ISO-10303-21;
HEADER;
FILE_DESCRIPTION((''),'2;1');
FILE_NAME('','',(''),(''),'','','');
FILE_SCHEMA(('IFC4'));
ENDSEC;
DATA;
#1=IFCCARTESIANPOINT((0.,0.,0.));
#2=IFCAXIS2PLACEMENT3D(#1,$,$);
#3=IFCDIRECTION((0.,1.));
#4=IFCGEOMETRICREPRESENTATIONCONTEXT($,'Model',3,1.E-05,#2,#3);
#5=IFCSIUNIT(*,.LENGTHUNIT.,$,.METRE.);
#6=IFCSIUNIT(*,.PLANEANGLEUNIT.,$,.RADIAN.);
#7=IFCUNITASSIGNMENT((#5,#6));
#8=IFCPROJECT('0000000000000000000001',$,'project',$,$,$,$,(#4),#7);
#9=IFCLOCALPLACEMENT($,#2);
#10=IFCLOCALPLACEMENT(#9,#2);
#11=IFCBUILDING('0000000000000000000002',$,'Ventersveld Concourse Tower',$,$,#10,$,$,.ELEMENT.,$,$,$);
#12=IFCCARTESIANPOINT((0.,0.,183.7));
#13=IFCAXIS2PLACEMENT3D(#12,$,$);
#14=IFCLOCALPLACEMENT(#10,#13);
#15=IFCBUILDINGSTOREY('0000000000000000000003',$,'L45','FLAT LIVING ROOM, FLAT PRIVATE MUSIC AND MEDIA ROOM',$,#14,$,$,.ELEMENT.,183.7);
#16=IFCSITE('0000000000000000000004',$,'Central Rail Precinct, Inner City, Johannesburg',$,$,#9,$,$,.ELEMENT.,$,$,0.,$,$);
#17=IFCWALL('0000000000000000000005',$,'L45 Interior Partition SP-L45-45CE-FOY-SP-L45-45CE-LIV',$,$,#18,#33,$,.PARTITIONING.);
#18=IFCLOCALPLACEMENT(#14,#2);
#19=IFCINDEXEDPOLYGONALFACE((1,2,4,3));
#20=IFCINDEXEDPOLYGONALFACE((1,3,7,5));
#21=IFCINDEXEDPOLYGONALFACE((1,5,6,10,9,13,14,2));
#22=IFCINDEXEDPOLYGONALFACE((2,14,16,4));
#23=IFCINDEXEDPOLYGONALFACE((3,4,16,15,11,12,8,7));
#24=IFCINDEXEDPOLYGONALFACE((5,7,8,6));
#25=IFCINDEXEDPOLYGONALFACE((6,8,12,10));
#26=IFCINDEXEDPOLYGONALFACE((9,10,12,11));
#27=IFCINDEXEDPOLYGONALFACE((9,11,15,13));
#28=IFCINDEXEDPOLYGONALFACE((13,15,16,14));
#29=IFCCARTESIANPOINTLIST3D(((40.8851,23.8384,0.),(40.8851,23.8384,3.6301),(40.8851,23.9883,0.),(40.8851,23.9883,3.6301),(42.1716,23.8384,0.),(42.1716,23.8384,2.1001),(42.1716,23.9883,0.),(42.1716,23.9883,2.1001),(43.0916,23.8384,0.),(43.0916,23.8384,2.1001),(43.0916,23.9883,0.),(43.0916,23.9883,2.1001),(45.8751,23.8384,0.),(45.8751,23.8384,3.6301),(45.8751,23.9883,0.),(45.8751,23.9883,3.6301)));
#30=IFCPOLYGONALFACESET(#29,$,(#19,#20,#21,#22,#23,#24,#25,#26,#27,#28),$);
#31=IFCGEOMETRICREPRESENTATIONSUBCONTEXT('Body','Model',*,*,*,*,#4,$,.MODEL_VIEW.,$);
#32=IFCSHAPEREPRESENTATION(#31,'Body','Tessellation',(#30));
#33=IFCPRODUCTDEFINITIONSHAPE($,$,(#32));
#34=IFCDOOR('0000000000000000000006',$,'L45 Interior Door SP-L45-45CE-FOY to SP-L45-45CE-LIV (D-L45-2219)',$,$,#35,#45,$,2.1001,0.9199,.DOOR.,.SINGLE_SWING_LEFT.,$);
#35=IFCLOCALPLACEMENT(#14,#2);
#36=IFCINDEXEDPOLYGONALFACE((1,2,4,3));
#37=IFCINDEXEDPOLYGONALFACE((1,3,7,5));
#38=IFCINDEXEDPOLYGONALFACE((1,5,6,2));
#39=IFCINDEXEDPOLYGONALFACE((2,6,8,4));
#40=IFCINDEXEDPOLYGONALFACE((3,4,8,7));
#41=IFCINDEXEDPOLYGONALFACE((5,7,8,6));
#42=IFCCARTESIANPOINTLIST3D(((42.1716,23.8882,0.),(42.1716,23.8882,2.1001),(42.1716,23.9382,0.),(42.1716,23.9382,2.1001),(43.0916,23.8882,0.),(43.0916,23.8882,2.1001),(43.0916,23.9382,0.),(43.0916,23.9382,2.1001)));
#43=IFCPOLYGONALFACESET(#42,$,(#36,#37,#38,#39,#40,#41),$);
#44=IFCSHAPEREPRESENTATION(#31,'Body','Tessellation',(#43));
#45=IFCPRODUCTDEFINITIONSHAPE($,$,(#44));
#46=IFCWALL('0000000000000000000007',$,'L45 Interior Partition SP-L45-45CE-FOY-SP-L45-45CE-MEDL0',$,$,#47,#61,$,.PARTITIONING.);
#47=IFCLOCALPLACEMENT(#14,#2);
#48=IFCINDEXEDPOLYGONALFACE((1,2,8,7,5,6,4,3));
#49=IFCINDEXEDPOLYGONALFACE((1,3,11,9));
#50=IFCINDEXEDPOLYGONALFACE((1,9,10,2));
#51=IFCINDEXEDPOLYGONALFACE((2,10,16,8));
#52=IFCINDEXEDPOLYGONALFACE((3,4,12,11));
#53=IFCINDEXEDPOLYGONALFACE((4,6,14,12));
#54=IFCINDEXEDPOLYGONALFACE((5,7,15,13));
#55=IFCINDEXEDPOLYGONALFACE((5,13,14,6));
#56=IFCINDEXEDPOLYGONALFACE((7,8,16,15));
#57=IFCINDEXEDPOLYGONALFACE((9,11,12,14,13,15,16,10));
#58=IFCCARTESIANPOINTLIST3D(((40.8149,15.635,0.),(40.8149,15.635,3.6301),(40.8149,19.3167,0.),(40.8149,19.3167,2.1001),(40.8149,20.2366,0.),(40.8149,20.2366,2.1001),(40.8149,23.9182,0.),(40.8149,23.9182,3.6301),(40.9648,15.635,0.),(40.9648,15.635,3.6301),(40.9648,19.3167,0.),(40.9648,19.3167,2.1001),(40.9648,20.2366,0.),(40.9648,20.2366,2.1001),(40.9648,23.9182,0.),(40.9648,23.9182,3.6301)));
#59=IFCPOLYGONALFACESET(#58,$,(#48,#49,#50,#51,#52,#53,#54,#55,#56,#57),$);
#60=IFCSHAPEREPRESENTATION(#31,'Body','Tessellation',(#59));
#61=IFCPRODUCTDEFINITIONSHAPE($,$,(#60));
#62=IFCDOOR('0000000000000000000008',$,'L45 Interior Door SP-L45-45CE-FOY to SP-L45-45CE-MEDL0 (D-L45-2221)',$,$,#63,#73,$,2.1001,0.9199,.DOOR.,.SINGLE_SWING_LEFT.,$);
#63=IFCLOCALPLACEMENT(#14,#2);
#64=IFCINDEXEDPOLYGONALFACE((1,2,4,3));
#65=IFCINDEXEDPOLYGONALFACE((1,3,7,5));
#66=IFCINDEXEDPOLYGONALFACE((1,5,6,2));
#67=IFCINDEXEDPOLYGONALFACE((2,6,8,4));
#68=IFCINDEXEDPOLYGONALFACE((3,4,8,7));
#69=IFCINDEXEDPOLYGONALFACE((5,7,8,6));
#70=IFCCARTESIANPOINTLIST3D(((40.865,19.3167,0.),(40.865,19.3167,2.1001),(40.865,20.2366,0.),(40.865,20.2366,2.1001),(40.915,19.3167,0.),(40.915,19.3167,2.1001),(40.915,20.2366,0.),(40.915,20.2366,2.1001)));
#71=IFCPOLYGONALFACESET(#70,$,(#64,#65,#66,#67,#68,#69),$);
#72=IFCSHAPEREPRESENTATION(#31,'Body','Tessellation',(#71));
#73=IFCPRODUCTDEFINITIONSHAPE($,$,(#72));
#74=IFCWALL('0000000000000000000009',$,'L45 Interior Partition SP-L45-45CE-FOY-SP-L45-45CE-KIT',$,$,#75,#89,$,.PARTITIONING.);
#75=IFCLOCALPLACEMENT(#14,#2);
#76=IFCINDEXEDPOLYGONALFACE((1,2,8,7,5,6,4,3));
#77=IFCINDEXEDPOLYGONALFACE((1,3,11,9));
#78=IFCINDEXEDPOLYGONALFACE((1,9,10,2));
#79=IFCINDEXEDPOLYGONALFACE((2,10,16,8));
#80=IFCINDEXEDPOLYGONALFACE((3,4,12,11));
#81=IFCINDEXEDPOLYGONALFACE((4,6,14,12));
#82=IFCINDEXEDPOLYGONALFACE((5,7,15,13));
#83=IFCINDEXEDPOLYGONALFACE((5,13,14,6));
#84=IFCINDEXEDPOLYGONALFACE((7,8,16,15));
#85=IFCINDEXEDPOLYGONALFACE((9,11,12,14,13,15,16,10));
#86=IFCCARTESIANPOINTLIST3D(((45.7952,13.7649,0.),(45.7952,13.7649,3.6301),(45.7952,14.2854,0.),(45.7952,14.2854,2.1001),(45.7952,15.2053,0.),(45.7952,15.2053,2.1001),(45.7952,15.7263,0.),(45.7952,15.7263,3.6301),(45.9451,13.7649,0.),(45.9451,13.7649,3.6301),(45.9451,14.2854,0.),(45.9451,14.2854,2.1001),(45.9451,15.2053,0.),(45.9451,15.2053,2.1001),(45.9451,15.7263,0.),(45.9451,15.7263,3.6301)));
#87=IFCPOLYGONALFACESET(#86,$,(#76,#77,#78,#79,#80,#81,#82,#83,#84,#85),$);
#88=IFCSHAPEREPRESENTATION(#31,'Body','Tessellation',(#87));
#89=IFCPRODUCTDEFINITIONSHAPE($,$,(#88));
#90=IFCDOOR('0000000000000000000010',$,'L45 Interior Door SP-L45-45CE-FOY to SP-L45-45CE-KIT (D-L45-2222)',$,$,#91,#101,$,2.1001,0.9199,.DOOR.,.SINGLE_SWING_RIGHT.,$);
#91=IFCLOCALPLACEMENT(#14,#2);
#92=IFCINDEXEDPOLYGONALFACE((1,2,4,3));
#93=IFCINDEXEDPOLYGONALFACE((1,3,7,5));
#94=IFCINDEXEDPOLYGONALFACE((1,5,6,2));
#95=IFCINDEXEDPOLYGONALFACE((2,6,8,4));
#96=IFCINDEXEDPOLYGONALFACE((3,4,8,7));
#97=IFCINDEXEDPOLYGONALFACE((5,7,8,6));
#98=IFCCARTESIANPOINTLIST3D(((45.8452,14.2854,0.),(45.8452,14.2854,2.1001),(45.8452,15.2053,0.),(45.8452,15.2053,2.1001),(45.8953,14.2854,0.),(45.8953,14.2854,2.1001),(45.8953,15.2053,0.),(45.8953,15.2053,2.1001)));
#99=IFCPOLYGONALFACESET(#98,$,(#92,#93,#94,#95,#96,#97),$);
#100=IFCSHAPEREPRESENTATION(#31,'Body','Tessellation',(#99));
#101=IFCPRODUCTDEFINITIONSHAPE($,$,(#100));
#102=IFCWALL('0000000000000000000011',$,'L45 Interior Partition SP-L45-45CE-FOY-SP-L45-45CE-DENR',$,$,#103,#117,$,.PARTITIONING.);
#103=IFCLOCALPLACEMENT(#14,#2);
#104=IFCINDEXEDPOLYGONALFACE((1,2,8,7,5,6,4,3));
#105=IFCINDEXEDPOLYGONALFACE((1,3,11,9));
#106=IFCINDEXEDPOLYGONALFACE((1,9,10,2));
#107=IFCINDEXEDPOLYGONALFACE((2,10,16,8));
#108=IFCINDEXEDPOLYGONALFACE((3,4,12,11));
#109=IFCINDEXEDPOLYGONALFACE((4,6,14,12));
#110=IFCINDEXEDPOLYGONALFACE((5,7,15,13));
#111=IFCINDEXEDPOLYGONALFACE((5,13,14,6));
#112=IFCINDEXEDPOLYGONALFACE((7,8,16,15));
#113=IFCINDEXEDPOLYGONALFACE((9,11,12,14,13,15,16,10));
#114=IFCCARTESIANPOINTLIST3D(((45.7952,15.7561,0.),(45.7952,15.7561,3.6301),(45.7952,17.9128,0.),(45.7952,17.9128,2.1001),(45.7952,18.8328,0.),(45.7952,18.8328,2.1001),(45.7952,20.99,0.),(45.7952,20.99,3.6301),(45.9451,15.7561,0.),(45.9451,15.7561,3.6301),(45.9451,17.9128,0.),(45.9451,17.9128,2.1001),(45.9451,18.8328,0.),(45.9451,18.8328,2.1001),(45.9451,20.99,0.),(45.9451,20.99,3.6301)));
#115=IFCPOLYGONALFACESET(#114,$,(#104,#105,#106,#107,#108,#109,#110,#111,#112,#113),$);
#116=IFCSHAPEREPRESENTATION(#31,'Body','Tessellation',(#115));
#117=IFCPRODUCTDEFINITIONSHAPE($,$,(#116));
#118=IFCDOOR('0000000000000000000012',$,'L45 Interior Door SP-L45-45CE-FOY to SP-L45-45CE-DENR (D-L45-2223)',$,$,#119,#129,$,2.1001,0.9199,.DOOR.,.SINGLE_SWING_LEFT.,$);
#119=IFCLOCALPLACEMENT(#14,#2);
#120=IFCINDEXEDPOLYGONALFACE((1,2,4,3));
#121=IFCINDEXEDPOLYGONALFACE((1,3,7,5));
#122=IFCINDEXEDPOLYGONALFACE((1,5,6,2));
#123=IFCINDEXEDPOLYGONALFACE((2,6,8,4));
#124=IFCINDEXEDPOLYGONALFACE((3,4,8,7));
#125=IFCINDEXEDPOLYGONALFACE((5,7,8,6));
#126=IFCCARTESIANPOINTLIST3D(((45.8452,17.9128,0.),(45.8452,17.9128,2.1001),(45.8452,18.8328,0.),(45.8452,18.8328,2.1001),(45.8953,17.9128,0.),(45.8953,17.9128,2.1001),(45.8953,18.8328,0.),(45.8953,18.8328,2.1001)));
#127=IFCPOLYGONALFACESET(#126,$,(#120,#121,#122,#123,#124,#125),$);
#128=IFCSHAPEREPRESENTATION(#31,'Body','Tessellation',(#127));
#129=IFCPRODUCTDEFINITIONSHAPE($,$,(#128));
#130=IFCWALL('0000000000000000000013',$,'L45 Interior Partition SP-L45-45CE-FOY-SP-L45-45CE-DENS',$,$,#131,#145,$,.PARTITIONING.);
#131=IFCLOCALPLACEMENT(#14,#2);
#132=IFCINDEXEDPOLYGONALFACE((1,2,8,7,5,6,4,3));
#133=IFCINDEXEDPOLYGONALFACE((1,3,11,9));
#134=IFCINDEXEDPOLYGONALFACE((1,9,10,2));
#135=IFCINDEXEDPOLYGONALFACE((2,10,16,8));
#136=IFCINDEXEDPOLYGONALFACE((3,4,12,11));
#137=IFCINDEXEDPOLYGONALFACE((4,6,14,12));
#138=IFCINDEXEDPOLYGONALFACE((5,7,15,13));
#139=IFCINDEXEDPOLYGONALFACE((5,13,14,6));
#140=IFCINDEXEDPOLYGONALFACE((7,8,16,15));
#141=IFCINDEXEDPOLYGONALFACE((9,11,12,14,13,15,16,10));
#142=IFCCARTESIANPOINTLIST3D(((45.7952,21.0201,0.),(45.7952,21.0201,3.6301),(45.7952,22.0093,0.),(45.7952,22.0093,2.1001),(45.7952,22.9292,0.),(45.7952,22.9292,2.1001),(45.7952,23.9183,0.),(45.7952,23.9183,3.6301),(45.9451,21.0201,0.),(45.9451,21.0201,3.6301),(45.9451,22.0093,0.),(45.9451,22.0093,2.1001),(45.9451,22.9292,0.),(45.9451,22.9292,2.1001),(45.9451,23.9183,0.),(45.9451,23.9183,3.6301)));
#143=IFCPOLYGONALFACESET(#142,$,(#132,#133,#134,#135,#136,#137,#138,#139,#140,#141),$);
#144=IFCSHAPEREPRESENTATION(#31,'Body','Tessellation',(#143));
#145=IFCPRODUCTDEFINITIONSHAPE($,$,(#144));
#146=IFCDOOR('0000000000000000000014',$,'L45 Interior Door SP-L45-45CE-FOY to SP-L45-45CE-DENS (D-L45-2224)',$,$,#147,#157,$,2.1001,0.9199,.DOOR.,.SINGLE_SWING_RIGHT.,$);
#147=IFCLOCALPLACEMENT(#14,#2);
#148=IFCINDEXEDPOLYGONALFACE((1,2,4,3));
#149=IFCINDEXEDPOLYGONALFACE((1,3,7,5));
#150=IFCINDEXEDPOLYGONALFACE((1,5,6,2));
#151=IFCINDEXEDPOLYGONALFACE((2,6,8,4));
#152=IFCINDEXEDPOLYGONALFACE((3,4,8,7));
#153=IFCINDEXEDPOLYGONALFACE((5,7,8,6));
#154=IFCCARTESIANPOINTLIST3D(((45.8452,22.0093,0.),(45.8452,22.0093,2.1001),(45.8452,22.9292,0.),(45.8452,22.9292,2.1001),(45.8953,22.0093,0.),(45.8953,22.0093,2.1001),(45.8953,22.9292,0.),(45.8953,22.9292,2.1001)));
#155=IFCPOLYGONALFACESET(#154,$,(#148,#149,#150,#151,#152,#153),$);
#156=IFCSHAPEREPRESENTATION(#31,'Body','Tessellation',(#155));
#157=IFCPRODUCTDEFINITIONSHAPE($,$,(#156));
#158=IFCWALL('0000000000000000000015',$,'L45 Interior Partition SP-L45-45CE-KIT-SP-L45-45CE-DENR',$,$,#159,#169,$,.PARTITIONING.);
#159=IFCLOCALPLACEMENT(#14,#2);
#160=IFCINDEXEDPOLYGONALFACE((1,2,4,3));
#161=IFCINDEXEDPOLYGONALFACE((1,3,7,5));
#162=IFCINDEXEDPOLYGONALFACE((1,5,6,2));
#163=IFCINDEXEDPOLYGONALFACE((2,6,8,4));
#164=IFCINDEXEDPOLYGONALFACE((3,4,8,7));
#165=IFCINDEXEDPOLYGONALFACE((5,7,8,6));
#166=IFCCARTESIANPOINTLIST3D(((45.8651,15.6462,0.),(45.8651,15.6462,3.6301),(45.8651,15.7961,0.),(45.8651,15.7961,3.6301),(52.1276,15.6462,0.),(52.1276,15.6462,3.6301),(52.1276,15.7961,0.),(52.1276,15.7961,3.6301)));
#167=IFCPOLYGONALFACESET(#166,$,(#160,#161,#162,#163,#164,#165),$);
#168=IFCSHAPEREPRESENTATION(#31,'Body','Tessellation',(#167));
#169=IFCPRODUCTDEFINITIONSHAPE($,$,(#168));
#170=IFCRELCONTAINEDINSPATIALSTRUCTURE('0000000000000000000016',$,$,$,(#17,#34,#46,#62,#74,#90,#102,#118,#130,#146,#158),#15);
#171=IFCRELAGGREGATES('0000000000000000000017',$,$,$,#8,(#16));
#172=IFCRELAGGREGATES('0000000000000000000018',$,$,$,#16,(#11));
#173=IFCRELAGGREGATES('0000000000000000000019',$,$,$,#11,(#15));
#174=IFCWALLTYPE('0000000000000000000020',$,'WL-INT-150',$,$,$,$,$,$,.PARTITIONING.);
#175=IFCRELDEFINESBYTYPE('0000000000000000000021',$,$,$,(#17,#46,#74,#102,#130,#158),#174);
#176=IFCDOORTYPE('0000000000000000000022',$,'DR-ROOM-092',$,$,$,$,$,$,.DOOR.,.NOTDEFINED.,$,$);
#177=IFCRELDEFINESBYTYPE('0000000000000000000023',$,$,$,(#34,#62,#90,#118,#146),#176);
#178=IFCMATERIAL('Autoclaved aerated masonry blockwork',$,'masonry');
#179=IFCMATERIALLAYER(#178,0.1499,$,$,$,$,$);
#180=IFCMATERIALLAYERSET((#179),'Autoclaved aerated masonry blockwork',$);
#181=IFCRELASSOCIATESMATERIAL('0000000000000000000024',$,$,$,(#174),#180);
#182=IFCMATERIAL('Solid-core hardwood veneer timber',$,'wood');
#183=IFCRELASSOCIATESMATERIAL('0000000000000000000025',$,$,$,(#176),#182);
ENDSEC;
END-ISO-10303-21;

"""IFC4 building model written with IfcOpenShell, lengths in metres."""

from ifc_helpers import new_model, si_unit, direction, frame, frame_2d, origin, place, context, subcontext, project, spatial, rectangle, extrude, material, layer, layer_set, type_object, element, fill, save


model = new_model("IFC4")

# Units and contexts
model_context = context("Model", 3, precision=1e-05, world=origin(), true_north=direction((0.0, 1.0)))
body_context = subcontext(model_context, "Body", "Model", "MODEL_VIEW")
ifc_project = project(units=[si_unit("LENGTHUNIT", "METRE"), si_unit("PLANEANGLEUNIT", "RADIAN")], contexts=[model_context])

# Site, building, storey
site_placement = place(None, origin())
site = spatial("IfcSite", under=ifc_project, at=site_placement, Name="Central Rail Precinct, Inner City, Johannesburg", CompositionType="ELEMENT", RefElevation=0.0)
building_placement = place(site_placement, origin())
building = spatial("IfcBuilding", under=site, at=building_placement, Name="Ventersveld Concourse Tower", CompositionType="ELEMENT")
storey_placement = place(building_placement, frame((0.0, 0.0, 183.7)))
storey = spatial("IfcBuildingStorey", under=building, at=storey_placement, Name="L45", Description="FLAT LIVING ROOM, FLAT PRIVATE MUSIC AND MEDIA ROOM", CompositionType="ELEMENT", Elevation=183.7)

# Shared definitions
ifc_material_1 = material(Name="Solid-core hardwood veneer timber", Category="wood")

# Walls, openings, doors
ifc_material_2 = material(Name="Autoclaved aerated masonry blockwork", Category="masonry")
ifc_layer_1 = layer(ifc_material_2, 0.1499)
ifc_layer_set_1 = layer_set([ifc_layer_1], Name="Autoclaved aerated masonry blockwork")
wall_type_1 = type_object("IfcWallType", Name="WL-INT-150", PredefinedType="PARTITIONING", material=ifc_layer_set_1)
wall_1_placement = place(storey_placement, frame((40.885, 23.9133, 0.0), z_axis=(0.0, 0.0, 1.0), x_axis=(1.0, 0.0, 0.0)))
wall_1 = element("IfcWall", 1, at=wall_1_placement, inside=storey, type_object=wall_type_1, Name="L45 Interior Partition SP-L45-45CE-FOY-SP-L45-45CE-LIV", PredefinedType="PARTITIONING", context=body_context, shape_type="SweptSolid", body=[
    extrude(rectangle(XDim=4.99, YDim=0.1499, at=frame_2d((2.4951, 0.0))), origin(), (0.0, 0.0, 1.0), 3.6301),
])
opening_1_placement = place(wall_1_placement, frame((1.2866, 0.0, 0.0)))
opening_1 = element("IfcOpeningElement", 2, at=opening_1_placement, cuts=wall_1, PredefinedType="OPENING", context=body_context, shape_type="SweptSolid", body=[
    extrude(rectangle(XDim=0.9199, YDim=2.1001, at=frame_2d((0.46, 1.05))), frame((0.0, 0.085, 0.0), z_axis=(0.0, -1.0, 0.0), x_axis=(1.0, 0.0, 0.0)), (0.0, 0.0, 1.0), 0.1699),
])
door_type_1 = type_object("IfcDoorType", Name="DR-ROOM-092", OperationType="NOTDEFINED", PredefinedType="DOOR", material=ifc_material_1)
door_1_placement = place(opening_1_placement, origin())
door_1 = element("IfcDoor", 3, at=door_1_placement, inside=storey, type_object=door_type_1, Name="L45 Interior Door SP-L45-45CE-FOY to SP-L45-45CE-LIV (D-L45-2219)", OperationType="SINGLE_SWING_LEFT", OverallHeight=2.1001, OverallWidth=0.9199, PredefinedType="DOOR", context=body_context, shape_type="SweptSolid", body=[
    extrude(rectangle(XDim=0.9199, YDim=2.1001, at=frame_2d((0.46, 1.05))), frame((0.0, 0.0249, 0.0), z_axis=(0.0, -1.0, 0.0), x_axis=(1.0, 0.0, 0.0)), (0.0, 0.0, 1.0), 0.05),
])
fill(opening_1, door_1)
wall_2_placement = place(storey_placement, frame((40.8899, 15.635, 0.0), z_axis=(0.0, 0.0, 1.0), x_axis=(0.0, 1.0, 0.0)))
wall_2 = element("IfcWall", 4, at=wall_2_placement, inside=storey, type_object=wall_type_1, Name="L45 Interior Partition SP-L45-45CE-FOY-SP-L45-45CE-MEDL0", PredefinedType="PARTITIONING", context=body_context, shape_type="SweptSolid", body=[
    extrude(rectangle(XDim=8.2832, YDim=0.1499, at=frame_2d((4.1416, 0.0))), origin(), (0.0, 0.0, 1.0), 3.6301),
])
opening_2_placement = place(wall_2_placement, frame((3.6816, 0.0, 0.0)))
opening_2 = element("IfcOpeningElement", 5, at=opening_2_placement, cuts=wall_2, PredefinedType="OPENING", context=body_context, shape_type="SweptSolid", body=[
    extrude(rectangle(XDim=0.9199, YDim=2.1001, at=frame_2d((0.46, 1.05))), frame((0.0, 0.085, 0.0), z_axis=(0.0, -1.0, 0.0), x_axis=(1.0, 0.0, 0.0)), (0.0, 0.0, 1.0), 0.1699),
])
door_2_placement = place(opening_2_placement, origin())
door_2 = element("IfcDoor", 6, at=door_2_placement, inside=storey, type_object=door_type_1, Name="L45 Interior Door SP-L45-45CE-FOY to SP-L45-45CE-MEDL0 (D-L45-2221)", OperationType="SINGLE_SWING_LEFT", OverallHeight=2.1001, OverallWidth=0.9199, PredefinedType="DOOR", context=body_context, shape_type="SweptSolid", body=[
    extrude(rectangle(XDim=0.9199, YDim=2.1001, at=frame_2d((0.46, 1.05))), frame((0.0, 0.0249, 0.0), z_axis=(0.0, -1.0, 0.0), x_axis=(1.0, 0.0, 0.0)), (0.0, 0.0, 1.0), 0.05),
])
fill(opening_2, door_2)
wall_3_placement = place(storey_placement, frame((45.8701, 13.7649, 0.0), z_axis=(0.0, 0.0, 1.0), x_axis=(0.0, 1.0, 0.0)))
wall_3 = element("IfcWall", 7, at=wall_3_placement, inside=storey, type_object=wall_type_1, Name="L45 Interior Partition SP-L45-45CE-FOY-SP-L45-45CE-KIT", PredefinedType="PARTITIONING", context=body_context, shape_type="SweptSolid", body=[
    extrude(rectangle(XDim=1.9614, YDim=0.1499, at=frame_2d((0.9807, 0.0))), origin(), (0.0, 0.0, 1.0), 3.6301),
])
opening_3_placement = place(wall_3_placement, frame((0.5205, 0.0, 0.0)))
opening_3 = element("IfcOpeningElement", 8, at=opening_3_placement, cuts=wall_3, PredefinedType="OPENING", context=body_context, shape_type="SweptSolid", body=[
    extrude(rectangle(XDim=0.9199, YDim=2.1001, at=frame_2d((0.46, 1.05))), frame((0.0, 0.085, 0.0), z_axis=(0.0, -1.0, 0.0), x_axis=(1.0, 0.0, 0.0)), (0.0, 0.0, 1.0), 0.1699),
])
door_3_placement = place(opening_3_placement, origin())
door_3 = element("IfcDoor", 9, at=door_3_placement, inside=storey, type_object=door_type_1, Name="L45 Interior Door SP-L45-45CE-FOY to SP-L45-45CE-KIT (D-L45-2222)", OperationType="SINGLE_SWING_RIGHT", OverallHeight=2.1001, OverallWidth=0.9199, PredefinedType="DOOR", context=body_context, shape_type="SweptSolid", body=[
    extrude(rectangle(XDim=0.9199, YDim=2.1001, at=frame_2d((0.46, 1.05))), frame((0.0, 0.0249, 0.0), z_axis=(0.0, -1.0, 0.0), x_axis=(1.0, 0.0, 0.0)), (0.0, 0.0, 1.0), 0.05),
])
fill(opening_3, door_3)
wall_4_placement = place(storey_placement, frame((45.8701, 15.7561, 0.0), z_axis=(0.0, 0.0, 1.0), x_axis=(0.0, 1.0, 0.0)))
wall_4 = element("IfcWall", 10, at=wall_4_placement, inside=storey, type_object=wall_type_1, Name="L45 Interior Partition SP-L45-45CE-FOY-SP-L45-45CE-DENR", PredefinedType="PARTITIONING", context=body_context, shape_type="SweptSolid", body=[
    extrude(rectangle(XDim=5.2339, YDim=0.1499, at=frame_2d((2.6169, 0.0))), origin(), (0.0, 0.0, 1.0), 3.6301),
])
opening_4_placement = place(wall_4_placement, frame((2.1567, 0.0, 0.0)))
opening_4 = element("IfcOpeningElement", 11, at=opening_4_placement, cuts=wall_4, PredefinedType="OPENING", context=body_context, shape_type="SweptSolid", body=[
    extrude(rectangle(XDim=0.9199, YDim=2.1001, at=frame_2d((0.46, 1.05))), frame((0.0, 0.085, 0.0), z_axis=(0.0, -1.0, 0.0), x_axis=(1.0, 0.0, 0.0)), (0.0, 0.0, 1.0), 0.1699),
])
door_4_placement = place(opening_4_placement, origin())
door_4 = element("IfcDoor", 12, at=door_4_placement, inside=storey, type_object=door_type_1, Name="L45 Interior Door SP-L45-45CE-FOY to SP-L45-45CE-DENR (D-L45-2223)", OperationType="SINGLE_SWING_LEFT", OverallHeight=2.1001, OverallWidth=0.9199, PredefinedType="DOOR", context=body_context, shape_type="SweptSolid", body=[
    extrude(rectangle(XDim=0.9199, YDim=2.1001, at=frame_2d((0.46, 1.05))), frame((0.0, 0.0249, 0.0), z_axis=(0.0, -1.0, 0.0), x_axis=(1.0, 0.0, 0.0)), (0.0, 0.0, 1.0), 0.05),
])
fill(opening_4, door_4)
wall_5_placement = place(storey_placement, frame((45.8701, 21.02, 0.0), z_axis=(0.0, 0.0, 1.0), x_axis=(0.0, 1.0, 0.0)))
wall_5 = element("IfcWall", 13, at=wall_5_placement, inside=storey, type_object=wall_type_1, Name="L45 Interior Partition SP-L45-45CE-FOY-SP-L45-45CE-DENS", PredefinedType="PARTITIONING", context=body_context, shape_type="SweptSolid", body=[
    extrude(rectangle(XDim=2.8982, YDim=0.1499, at=frame_2d((1.4492, 0.0))), origin(), (0.0, 0.0, 1.0), 3.6301),
])
opening_5_placement = place(wall_5_placement, frame((0.9893, 0.0, 0.0)))
opening_5 = element("IfcOpeningElement", 14, at=opening_5_placement, cuts=wall_5, PredefinedType="OPENING", context=body_context, shape_type="SweptSolid", body=[
    extrude(rectangle(XDim=0.9199, YDim=2.1001, at=frame_2d((0.46, 1.05))), frame((0.0, 0.085, 0.0), z_axis=(0.0, -1.0, 0.0), x_axis=(1.0, 0.0, 0.0)), (0.0, 0.0, 1.0), 0.1699),
])
door_5_placement = place(opening_5_placement, origin())
door_5 = element("IfcDoor", 15, at=door_5_placement, inside=storey, type_object=door_type_1, Name="L45 Interior Door SP-L45-45CE-FOY to SP-L45-45CE-DENS (D-L45-2224)", OperationType="SINGLE_SWING_RIGHT", OverallHeight=2.1001, OverallWidth=0.9199, PredefinedType="DOOR", context=body_context, shape_type="SweptSolid", body=[
    extrude(rectangle(XDim=0.9199, YDim=2.1001, at=frame_2d((0.46, 1.05))), frame((0.0, 0.0249, 0.0), z_axis=(0.0, -1.0, 0.0), x_axis=(1.0, 0.0, 0.0)), (0.0, 0.0, 1.0), 0.05),
])
fill(opening_5, door_5)

# Wall
for number, where, z_axis, x_axis, name in (
    (16, (45.865, 15.7212, 0.0), (0.0, 0.0, 1.0), (1.0, 0.0, 0.0), "L45 Interior Partition SP-L45-45CE-KIT-SP-L45-45CE-DENR"),
):
    element("IfcWall", number, at=place(storey_placement, frame(where, z_axis=z_axis, x_axis=x_axis)), inside=storey, type_object=wall_type_1, Name=name, PredefinedType="PARTITIONING", context=body_context, shape_type="SweptSolid", body=[
        extrude(rectangle(XDim=6.2625, YDim=0.1499, at=frame_2d((3.1313, 0.0))), origin(), (0.0, 0.0, 1.0), 3.6301),
    ])

save(model, "model.ifc")
